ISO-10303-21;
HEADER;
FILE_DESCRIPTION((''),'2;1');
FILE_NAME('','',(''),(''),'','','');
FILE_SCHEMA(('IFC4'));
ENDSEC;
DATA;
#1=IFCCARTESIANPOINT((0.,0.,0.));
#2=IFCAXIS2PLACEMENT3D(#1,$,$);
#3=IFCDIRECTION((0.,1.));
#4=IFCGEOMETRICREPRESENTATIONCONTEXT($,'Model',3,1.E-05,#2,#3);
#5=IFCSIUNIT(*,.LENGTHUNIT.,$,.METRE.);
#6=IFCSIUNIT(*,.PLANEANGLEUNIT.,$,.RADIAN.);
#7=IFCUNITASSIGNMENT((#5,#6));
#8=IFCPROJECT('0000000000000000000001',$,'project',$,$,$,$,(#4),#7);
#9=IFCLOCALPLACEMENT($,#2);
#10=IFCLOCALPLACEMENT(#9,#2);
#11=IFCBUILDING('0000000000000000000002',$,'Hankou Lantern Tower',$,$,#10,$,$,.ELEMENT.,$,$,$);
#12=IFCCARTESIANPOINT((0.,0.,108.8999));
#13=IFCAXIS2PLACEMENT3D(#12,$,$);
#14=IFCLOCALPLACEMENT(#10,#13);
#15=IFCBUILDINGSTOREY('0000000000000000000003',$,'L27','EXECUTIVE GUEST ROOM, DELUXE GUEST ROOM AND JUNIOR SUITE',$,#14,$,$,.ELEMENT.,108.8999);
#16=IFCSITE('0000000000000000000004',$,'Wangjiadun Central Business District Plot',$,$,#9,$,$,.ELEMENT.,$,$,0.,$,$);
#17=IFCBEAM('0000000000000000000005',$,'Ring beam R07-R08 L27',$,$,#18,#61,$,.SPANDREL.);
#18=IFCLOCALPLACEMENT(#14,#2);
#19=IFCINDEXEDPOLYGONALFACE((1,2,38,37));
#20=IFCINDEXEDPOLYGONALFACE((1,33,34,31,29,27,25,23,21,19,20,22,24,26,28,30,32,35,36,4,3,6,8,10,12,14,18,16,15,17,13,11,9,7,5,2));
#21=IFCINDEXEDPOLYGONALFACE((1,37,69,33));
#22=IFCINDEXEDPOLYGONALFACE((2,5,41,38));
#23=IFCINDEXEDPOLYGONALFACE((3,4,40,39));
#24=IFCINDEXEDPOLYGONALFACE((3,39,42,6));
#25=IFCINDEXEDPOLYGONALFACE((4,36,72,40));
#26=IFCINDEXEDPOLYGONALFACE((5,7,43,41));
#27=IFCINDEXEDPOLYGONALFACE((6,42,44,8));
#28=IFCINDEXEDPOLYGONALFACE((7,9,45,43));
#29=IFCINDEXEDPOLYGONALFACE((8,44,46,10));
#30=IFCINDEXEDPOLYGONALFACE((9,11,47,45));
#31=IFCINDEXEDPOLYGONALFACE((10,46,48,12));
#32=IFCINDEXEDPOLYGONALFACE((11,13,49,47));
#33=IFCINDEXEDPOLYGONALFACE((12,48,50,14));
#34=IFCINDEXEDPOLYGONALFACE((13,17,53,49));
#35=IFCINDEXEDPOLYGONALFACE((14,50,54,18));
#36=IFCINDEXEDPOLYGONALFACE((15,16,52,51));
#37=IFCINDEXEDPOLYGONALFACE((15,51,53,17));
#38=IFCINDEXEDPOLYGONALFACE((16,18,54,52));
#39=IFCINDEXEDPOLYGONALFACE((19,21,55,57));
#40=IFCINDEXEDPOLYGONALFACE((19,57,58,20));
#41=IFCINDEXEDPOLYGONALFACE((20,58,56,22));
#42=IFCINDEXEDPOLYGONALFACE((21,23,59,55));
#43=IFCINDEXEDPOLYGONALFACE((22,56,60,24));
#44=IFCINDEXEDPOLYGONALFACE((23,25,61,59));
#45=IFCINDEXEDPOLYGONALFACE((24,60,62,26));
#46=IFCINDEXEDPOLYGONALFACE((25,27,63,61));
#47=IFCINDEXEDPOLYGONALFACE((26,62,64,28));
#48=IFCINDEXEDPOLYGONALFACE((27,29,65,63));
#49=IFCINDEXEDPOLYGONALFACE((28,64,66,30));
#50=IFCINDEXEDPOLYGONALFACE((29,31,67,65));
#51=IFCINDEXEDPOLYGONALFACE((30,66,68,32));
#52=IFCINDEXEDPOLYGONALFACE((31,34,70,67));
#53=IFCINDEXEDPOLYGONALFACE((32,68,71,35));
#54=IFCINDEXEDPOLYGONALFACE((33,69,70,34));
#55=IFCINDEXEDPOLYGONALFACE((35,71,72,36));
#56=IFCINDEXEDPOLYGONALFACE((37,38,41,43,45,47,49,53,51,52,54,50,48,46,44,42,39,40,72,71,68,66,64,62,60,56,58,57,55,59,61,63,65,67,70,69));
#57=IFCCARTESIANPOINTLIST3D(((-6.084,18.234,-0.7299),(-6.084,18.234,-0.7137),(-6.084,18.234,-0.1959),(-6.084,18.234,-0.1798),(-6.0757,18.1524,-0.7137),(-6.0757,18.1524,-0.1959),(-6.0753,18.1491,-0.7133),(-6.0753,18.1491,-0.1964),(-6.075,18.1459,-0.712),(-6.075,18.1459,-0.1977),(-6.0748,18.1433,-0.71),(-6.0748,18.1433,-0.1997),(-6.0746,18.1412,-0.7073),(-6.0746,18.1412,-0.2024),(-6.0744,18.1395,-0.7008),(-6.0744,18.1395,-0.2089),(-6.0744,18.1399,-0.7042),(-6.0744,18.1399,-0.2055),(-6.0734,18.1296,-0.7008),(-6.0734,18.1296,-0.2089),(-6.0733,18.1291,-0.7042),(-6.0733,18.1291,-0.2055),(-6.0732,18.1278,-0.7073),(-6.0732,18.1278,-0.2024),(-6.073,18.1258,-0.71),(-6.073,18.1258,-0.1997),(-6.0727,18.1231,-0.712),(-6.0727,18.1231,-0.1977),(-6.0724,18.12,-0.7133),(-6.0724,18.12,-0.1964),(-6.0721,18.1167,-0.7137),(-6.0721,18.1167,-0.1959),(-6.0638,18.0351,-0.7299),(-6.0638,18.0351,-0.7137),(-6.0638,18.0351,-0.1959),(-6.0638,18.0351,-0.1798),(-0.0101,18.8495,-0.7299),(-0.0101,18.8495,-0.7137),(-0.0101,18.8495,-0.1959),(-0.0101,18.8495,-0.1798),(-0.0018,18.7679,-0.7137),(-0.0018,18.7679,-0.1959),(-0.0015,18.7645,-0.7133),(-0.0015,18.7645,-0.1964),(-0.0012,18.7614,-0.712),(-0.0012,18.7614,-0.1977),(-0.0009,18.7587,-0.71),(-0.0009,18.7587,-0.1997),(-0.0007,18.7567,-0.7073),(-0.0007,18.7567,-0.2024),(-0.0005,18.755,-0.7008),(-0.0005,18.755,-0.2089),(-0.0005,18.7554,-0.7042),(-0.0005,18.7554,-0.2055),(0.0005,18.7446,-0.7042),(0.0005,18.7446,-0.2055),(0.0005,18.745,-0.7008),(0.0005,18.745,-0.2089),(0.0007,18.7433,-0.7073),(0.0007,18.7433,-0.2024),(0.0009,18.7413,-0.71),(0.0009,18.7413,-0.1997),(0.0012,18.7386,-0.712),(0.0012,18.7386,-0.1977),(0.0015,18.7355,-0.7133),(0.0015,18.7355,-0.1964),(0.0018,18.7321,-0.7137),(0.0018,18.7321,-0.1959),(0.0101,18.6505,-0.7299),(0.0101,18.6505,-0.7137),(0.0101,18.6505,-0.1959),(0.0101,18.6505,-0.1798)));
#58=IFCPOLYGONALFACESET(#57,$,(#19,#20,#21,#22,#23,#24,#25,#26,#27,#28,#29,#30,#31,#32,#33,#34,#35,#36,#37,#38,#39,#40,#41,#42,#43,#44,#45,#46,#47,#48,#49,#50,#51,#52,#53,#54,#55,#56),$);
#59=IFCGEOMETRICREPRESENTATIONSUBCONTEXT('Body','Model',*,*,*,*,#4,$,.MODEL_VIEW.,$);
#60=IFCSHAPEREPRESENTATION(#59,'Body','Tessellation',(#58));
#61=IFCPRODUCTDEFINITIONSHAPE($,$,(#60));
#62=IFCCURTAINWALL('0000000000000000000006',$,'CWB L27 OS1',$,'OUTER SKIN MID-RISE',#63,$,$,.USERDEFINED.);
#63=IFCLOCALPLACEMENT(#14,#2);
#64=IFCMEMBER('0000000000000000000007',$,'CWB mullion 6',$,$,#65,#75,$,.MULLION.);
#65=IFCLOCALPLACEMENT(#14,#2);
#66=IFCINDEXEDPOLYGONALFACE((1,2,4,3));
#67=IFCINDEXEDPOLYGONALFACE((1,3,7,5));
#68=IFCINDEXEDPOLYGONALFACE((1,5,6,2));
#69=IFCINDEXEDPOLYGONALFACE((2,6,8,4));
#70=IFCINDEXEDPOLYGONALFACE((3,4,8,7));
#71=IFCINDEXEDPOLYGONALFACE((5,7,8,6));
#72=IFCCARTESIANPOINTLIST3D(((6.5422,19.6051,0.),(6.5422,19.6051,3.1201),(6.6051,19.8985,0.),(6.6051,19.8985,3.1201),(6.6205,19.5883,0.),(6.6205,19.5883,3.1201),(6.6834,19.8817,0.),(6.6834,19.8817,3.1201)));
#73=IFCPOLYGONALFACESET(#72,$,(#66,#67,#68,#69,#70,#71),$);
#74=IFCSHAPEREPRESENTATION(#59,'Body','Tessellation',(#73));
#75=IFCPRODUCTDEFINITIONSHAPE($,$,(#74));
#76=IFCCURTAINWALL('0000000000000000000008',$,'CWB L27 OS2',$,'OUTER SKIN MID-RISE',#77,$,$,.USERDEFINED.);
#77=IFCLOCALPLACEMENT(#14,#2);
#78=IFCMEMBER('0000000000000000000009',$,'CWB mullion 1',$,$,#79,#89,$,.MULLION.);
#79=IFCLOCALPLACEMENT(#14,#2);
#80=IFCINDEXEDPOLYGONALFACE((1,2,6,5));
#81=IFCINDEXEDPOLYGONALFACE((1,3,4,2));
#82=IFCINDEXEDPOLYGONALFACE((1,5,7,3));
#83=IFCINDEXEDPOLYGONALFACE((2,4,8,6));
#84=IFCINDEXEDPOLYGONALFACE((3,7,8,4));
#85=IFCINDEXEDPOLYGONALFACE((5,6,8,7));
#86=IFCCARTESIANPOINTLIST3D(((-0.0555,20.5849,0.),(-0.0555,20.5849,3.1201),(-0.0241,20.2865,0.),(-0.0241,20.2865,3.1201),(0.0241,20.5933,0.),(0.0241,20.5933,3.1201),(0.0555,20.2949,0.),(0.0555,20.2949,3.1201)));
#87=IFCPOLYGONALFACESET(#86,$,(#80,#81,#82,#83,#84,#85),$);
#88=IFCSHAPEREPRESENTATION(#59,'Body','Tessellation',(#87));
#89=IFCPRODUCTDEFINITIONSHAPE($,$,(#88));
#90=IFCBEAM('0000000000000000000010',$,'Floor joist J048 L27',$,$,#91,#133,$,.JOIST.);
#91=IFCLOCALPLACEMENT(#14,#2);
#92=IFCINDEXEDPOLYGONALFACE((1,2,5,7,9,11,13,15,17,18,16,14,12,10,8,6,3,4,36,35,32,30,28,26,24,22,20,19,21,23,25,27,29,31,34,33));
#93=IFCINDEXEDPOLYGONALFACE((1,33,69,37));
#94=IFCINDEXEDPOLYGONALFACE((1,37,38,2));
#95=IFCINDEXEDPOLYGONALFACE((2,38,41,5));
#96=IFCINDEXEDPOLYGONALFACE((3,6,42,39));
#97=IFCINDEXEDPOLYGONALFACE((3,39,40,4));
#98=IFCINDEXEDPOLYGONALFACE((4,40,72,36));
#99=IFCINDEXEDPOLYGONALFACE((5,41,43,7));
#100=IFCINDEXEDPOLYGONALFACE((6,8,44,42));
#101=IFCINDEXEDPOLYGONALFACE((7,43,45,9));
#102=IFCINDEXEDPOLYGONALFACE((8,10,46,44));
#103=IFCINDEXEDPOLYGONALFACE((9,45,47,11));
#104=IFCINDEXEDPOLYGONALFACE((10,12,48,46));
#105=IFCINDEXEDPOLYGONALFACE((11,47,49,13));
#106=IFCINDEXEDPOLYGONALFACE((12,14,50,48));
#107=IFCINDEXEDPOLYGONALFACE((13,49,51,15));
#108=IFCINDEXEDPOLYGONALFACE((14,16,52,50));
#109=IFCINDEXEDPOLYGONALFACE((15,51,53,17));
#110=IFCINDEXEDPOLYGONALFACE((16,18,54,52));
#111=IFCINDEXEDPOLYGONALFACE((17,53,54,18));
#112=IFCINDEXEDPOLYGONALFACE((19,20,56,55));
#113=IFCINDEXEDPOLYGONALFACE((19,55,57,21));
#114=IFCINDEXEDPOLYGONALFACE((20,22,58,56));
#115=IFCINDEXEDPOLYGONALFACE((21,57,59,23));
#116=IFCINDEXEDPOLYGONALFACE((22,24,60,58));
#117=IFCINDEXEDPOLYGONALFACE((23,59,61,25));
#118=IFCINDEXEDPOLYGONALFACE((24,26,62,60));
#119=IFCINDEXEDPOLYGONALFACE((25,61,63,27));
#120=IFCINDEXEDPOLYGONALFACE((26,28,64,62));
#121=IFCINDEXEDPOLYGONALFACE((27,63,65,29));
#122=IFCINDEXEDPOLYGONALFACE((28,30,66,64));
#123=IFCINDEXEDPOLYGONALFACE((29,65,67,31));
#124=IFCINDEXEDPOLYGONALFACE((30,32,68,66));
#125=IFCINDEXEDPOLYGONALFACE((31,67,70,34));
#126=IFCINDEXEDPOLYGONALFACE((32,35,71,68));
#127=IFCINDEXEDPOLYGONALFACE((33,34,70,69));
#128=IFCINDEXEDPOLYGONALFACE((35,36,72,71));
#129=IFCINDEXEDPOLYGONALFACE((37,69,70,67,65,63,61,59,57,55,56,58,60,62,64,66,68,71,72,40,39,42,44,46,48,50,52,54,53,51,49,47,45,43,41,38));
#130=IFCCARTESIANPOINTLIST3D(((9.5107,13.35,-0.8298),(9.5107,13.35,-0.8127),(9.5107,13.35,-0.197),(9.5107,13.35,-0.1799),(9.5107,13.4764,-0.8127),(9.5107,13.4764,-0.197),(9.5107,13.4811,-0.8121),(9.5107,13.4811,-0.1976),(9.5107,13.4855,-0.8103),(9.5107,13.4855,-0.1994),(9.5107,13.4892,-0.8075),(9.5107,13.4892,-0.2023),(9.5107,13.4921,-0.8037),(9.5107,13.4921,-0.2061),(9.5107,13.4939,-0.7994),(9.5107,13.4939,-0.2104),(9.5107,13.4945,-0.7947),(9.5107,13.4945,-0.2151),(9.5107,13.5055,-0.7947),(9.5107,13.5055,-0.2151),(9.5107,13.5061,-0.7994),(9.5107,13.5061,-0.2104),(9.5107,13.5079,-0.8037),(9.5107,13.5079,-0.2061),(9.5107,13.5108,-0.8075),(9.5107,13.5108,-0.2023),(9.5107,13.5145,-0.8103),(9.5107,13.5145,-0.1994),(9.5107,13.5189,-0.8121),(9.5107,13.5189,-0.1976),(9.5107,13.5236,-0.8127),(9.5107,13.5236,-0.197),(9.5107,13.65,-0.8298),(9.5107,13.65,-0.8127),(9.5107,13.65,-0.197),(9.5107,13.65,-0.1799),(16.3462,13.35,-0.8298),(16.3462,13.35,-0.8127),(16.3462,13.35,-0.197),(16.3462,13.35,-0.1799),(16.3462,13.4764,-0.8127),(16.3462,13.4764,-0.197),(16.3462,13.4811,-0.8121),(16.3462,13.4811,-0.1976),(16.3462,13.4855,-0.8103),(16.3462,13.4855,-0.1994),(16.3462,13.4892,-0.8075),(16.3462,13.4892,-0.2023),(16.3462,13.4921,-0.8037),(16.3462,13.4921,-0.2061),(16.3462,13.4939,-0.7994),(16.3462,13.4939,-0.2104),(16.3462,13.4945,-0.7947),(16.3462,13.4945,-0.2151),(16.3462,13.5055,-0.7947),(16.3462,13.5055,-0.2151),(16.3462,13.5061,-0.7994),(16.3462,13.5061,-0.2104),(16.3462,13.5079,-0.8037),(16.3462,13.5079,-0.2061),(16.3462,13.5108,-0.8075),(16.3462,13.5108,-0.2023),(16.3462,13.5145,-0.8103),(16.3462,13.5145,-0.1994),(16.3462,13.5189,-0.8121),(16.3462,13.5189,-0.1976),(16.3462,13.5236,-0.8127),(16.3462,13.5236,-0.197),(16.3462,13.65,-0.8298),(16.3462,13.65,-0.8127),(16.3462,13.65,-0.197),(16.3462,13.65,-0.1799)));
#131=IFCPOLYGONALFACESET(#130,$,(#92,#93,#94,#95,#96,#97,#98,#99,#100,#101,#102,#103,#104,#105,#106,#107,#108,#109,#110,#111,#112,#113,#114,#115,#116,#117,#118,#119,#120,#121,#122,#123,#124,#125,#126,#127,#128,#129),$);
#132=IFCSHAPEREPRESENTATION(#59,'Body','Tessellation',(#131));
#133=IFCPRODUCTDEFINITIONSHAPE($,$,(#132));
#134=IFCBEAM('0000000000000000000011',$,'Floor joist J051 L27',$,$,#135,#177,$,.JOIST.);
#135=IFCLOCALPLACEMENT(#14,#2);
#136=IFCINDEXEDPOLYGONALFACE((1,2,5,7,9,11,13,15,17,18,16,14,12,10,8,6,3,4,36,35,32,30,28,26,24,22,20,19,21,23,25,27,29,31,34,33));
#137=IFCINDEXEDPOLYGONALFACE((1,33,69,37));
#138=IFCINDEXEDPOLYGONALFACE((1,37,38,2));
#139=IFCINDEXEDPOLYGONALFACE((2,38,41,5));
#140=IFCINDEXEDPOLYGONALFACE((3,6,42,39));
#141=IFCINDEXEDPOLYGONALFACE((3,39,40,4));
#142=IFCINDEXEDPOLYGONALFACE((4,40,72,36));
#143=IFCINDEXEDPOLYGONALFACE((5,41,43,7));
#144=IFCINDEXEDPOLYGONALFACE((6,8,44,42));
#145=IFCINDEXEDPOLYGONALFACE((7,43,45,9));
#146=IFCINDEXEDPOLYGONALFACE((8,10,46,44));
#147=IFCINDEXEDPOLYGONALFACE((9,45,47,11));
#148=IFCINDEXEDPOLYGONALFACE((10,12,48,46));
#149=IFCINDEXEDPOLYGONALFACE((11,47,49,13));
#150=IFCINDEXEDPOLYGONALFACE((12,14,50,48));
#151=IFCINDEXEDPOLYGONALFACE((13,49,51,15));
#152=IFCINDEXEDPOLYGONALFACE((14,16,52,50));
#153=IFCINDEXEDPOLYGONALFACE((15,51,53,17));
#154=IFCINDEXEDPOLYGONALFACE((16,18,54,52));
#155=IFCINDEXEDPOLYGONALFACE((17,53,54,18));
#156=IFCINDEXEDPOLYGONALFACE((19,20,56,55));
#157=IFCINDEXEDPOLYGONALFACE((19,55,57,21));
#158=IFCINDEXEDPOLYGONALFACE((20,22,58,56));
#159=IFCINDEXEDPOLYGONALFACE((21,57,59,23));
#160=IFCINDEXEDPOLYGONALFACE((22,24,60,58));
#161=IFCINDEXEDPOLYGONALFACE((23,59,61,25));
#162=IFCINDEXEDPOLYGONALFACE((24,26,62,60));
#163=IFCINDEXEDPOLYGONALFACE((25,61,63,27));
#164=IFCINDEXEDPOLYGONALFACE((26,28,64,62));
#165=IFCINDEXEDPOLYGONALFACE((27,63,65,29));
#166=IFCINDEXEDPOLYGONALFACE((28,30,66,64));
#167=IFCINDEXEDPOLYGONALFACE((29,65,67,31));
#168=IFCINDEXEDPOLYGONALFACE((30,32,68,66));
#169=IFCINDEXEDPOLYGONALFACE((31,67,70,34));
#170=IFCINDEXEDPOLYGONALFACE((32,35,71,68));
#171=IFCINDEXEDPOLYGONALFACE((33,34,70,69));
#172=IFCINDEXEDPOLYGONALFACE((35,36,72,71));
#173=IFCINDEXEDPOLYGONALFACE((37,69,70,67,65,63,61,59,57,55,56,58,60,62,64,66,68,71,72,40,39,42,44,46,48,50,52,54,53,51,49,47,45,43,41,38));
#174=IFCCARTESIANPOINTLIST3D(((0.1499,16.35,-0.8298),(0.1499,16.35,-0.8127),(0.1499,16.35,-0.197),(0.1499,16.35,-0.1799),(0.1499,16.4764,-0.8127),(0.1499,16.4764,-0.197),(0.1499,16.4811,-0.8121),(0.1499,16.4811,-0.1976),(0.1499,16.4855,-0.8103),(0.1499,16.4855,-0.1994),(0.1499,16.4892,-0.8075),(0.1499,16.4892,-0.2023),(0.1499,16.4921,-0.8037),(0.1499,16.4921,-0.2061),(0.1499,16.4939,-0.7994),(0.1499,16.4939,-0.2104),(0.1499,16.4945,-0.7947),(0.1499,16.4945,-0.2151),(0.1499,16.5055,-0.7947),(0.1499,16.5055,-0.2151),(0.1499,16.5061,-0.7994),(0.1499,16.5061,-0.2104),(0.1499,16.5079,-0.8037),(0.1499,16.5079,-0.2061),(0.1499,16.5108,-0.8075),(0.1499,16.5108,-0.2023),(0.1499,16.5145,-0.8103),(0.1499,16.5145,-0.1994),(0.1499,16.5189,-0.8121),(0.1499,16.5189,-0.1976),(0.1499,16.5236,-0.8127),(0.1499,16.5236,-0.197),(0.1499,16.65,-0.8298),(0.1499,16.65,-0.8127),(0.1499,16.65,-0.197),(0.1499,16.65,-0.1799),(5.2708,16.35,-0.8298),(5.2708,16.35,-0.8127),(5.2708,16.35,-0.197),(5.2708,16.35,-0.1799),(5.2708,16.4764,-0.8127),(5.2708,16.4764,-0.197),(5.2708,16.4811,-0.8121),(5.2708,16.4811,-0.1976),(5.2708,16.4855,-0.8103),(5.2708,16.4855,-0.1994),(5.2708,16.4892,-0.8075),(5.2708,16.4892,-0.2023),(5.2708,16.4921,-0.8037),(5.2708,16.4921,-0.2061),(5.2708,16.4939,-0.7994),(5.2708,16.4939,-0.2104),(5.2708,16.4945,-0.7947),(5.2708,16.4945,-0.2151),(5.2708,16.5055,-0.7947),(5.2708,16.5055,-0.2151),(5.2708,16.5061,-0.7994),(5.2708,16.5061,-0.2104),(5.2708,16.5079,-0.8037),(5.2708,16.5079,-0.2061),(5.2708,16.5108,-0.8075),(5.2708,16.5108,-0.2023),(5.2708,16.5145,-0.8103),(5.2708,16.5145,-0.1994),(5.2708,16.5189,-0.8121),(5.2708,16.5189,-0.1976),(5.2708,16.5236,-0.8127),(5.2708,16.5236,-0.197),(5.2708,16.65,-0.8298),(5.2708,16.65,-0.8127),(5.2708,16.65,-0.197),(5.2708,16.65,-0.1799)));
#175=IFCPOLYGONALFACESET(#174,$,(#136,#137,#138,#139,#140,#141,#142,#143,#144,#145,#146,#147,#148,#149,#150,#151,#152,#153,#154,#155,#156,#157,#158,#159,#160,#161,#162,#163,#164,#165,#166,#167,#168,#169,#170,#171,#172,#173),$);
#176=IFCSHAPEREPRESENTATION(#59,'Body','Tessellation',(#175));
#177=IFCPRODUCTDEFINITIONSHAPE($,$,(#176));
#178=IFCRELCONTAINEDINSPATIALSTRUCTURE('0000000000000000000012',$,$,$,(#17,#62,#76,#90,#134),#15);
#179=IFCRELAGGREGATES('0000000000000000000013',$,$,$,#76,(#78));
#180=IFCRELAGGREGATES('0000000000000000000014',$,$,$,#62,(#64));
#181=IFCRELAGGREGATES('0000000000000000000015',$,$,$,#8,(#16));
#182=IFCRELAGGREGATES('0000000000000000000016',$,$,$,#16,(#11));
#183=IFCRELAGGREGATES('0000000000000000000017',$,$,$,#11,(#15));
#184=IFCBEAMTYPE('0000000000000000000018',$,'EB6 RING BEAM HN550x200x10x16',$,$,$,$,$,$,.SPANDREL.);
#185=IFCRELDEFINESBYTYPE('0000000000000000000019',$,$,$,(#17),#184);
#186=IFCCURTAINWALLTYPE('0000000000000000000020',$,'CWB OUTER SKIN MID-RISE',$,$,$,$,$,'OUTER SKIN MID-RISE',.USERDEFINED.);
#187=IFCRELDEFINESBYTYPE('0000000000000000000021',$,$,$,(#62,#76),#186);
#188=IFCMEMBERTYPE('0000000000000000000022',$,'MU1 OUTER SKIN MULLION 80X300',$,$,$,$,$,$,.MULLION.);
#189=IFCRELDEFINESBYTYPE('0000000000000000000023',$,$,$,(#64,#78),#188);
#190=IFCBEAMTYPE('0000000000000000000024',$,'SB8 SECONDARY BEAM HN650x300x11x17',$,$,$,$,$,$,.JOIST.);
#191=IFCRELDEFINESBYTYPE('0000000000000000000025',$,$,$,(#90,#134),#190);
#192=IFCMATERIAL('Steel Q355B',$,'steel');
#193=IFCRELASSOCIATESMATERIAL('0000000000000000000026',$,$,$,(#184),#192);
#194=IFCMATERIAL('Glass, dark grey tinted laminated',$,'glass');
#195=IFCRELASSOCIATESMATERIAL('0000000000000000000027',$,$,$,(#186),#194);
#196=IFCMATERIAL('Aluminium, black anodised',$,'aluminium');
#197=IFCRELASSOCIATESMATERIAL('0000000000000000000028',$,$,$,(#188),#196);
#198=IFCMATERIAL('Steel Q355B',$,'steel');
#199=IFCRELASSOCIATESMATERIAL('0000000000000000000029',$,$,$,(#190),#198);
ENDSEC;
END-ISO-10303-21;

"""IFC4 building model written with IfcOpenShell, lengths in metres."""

from ifc_helpers import new_model, si_unit, direction, frame, origin, origin_2d, place, context, subcontext, project, spatial, rectangle, i_section, extrude, material, material_profile, profile_set, type_object, element, aggregate, save


model = new_model("IFC4")

# Units and contexts
model_context = context("Model", 3, precision=1e-05, world=origin(), true_north=direction((0.0, 1.0)))
body_context = subcontext(model_context, "Body", "Model", "MODEL_VIEW")
ifc_project = project(units=[si_unit("LENGTHUNIT", "METRE"), si_unit("PLANEANGLEUNIT", "RADIAN")], contexts=[model_context])

# Site, building, storey
site_placement = place(None, origin())
site = spatial("IfcSite", under=ifc_project, at=site_placement, Name="Wangjiadun Central Business District Plot", CompositionType="ELEMENT", RefElevation=0.0)
building_placement = place(site_placement, origin())
building = spatial("IfcBuilding", under=site, at=building_placement, Name="Hankou Lantern Tower", CompositionType="ELEMENT")
storey_placement = place(building_placement, frame((0.0, 0.0, 108.8999)))
storey = spatial("IfcBuildingStorey", under=building, at=storey_placement, Name="L27", Description="EXECUTIVE GUEST ROOM, DELUXE GUEST ROOM AND JUNIOR SUITE", CompositionType="ELEMENT", Elevation=108.8999)

# Beam
ifc_material_1 = material(Name="Steel Q355B", Category="steel")
ifc_material_profile_1 = material_profile(ifc_material_1, i_section(OverallWidth=0.2, OverallDepth=0.55, WebThickness=0.01, FlangeThickness=0.0161, FilletRadius=0.0129, at=origin_2d()), Name="HN550x200x10x16")
ifc_profile_set_1 = profile_set([ifc_material_profile_1], Name="Steel Q355B")
beam_type_1 = type_object("IfcBeamType", Name="EB6 RING BEAM HN550x200x10x16", PredefinedType="SPANDREL", material=ifc_profile_set_1)
for number, where, z_axis, x_axis, name in (
    (1, (0.0, 18.75, -0.4548), (-0.994905, -0.100814, 0.0), (0.100814, -0.994905, 0.0), "Ring beam R07-R08 L27"),
):
    element("IfcBeam", number, at=place(storey_placement, frame(where, z_axis=z_axis, x_axis=x_axis)), inside=storey, type_object=beam_type_1, Name=name, PredefinedType="SPANDREL", context=body_context, shape_type="SweptSolid", body=[
        extrude(i_section(OverallWidth=0.2, OverallDepth=0.55, WebThickness=0.01, FlangeThickness=0.0161, FilletRadius=0.0129, at=origin_2d()), origin(), (0.0, 0.0, 1.0), 6.105),
    ])

# Curtain walls, members
ifc_material_2 = material(Name="Glass, dark grey tinted laminated", Category="glass")
curtain_wall_type = type_object("IfcCurtainWallType", Name="CWB OUTER SKIN MID-RISE", ElementType="OUTER SKIN MID-RISE", PredefinedType="USERDEFINED", material=ifc_material_2)
curtain_wall_1_placement = place(storey_placement, origin())
curtain_wall_1 = element("IfcCurtainWall", 2, at=curtain_wall_1_placement, inside=storey, type_object=curtain_wall_type, Name="CWB L27 OS1", ObjectType="OUTER SKIN MID-RISE", PredefinedType="USERDEFINED")
ifc_material_3 = material(Name="Aluminium, black anodised", Category="aluminium")
ifc_material_profile_2 = material_profile(ifc_material_3, rectangle(XDim=0.0801, YDim=0.3, at=origin_2d()), Name="MU1 80X300")
ifc_profile_set_2 = profile_set([ifc_material_profile_2], Name="Aluminium, black anodised")
member_type_1 = type_object("IfcMemberType", Name="MU1 OUTER SKIN MULLION 80X300", PredefinedType="MULLION", material=ifc_profile_set_2)
member_1_placement = place(storey_placement, frame((6.6128, 19.7434, 0.0), z_axis=(0.0, 0.0, 1.0), x_axis=(-0.977788, 0.209598, 0.0)))
member_1 = element("IfcMember", 3, at=member_1_placement, type_object=member_type_1, Name="CWB mullion 6", PredefinedType="MULLION", context=body_context, shape_type="SweptSolid", body=[
    extrude(rectangle(XDim=0.0801, YDim=0.3, at=origin_2d()), origin(), (0.0, 0.0, 1.0), 3.1201),
])
curtain_wall_2_placement = place(storey_placement, origin())
curtain_wall_2 = element("IfcCurtainWall", 4, at=curtain_wall_2_placement, inside=storey, type_object=curtain_wall_type, Name="CWB L27 OS2", ObjectType="OUTER SKIN MID-RISE", PredefinedType="USERDEFINED")
member_2_placement = place(storey_placement, frame((0.0, 20.4399, 0.0), z_axis=(0.0, 0.0, 1.0), x_axis=(-0.994499, -0.104743, 0.0)))
member_2 = element("IfcMember", 5, at=member_2_placement, type_object=member_type_1, Name="CWB mullion 1", PredefinedType="MULLION", context=body_context, shape_type="SweptSolid", body=[
    extrude(rectangle(XDim=0.0801, YDim=0.3, at=origin_2d()), origin(), (0.0, 0.0, 1.0), 3.1201),
])
aggregate(curtain_wall_2, [member_2])

# Beams
ifc_material_4 = material(Name="Steel Q355B", Category="steel")
ifc_material_profile_3 = material_profile(ifc_material_4, i_section(OverallWidth=0.3, OverallDepth=0.6499, WebThickness=0.011, FlangeThickness=0.0171, FilletRadius=0.0181, at=origin_2d()), Name="HN650x300x11x17")
ifc_profile_set_3 = profile_set([ifc_material_profile_3], Name="Steel Q355B")
beam_type_2 = type_object("IfcBeamType", Name="SB8 SECONDARY BEAM HN650x300x11x17", PredefinedType="JOIST", material=ifc_profile_set_3)
beam_1_placement = place(storey_placement, frame((9.5107, 13.5, -0.5049), z_axis=(1.0, 0.0, 0.0), x_axis=(0.0, 1.0, 0.0)))
element("IfcBeam", 6, at=beam_1_placement, inside=storey, type_object=beam_type_2, Name="Floor joist J048 L27", PredefinedType="JOIST", context=body_context, shape_type="SweptSolid", body=[
    extrude(i_section(OverallWidth=0.3, OverallDepth=0.6499, WebThickness=0.011, FlangeThickness=0.0171, FilletRadius=0.0181, at=origin_2d()), origin(), (0.0, 0.0, 1.0), 6.8354),
])
beam_2_placement = place(storey_placement, frame((0.1499, 16.5, -0.5049), z_axis=(1.0, 0.0, 0.0), x_axis=(0.0, 1.0, 0.0)))
element("IfcBeam", 7, at=beam_2_placement, inside=storey, type_object=beam_type_2, Name="Floor joist J051 L27", PredefinedType="JOIST", context=body_context, shape_type="SweptSolid", body=[
    extrude(i_section(OverallWidth=0.3, OverallDepth=0.6499, WebThickness=0.011, FlangeThickness=0.0171, FilletRadius=0.0181, at=origin_2d()), origin(), (0.0, 0.0, 1.0), 5.1208),
])

aggregate(curtain_wall_1, [member_1])

save(model, "model.ifc")
